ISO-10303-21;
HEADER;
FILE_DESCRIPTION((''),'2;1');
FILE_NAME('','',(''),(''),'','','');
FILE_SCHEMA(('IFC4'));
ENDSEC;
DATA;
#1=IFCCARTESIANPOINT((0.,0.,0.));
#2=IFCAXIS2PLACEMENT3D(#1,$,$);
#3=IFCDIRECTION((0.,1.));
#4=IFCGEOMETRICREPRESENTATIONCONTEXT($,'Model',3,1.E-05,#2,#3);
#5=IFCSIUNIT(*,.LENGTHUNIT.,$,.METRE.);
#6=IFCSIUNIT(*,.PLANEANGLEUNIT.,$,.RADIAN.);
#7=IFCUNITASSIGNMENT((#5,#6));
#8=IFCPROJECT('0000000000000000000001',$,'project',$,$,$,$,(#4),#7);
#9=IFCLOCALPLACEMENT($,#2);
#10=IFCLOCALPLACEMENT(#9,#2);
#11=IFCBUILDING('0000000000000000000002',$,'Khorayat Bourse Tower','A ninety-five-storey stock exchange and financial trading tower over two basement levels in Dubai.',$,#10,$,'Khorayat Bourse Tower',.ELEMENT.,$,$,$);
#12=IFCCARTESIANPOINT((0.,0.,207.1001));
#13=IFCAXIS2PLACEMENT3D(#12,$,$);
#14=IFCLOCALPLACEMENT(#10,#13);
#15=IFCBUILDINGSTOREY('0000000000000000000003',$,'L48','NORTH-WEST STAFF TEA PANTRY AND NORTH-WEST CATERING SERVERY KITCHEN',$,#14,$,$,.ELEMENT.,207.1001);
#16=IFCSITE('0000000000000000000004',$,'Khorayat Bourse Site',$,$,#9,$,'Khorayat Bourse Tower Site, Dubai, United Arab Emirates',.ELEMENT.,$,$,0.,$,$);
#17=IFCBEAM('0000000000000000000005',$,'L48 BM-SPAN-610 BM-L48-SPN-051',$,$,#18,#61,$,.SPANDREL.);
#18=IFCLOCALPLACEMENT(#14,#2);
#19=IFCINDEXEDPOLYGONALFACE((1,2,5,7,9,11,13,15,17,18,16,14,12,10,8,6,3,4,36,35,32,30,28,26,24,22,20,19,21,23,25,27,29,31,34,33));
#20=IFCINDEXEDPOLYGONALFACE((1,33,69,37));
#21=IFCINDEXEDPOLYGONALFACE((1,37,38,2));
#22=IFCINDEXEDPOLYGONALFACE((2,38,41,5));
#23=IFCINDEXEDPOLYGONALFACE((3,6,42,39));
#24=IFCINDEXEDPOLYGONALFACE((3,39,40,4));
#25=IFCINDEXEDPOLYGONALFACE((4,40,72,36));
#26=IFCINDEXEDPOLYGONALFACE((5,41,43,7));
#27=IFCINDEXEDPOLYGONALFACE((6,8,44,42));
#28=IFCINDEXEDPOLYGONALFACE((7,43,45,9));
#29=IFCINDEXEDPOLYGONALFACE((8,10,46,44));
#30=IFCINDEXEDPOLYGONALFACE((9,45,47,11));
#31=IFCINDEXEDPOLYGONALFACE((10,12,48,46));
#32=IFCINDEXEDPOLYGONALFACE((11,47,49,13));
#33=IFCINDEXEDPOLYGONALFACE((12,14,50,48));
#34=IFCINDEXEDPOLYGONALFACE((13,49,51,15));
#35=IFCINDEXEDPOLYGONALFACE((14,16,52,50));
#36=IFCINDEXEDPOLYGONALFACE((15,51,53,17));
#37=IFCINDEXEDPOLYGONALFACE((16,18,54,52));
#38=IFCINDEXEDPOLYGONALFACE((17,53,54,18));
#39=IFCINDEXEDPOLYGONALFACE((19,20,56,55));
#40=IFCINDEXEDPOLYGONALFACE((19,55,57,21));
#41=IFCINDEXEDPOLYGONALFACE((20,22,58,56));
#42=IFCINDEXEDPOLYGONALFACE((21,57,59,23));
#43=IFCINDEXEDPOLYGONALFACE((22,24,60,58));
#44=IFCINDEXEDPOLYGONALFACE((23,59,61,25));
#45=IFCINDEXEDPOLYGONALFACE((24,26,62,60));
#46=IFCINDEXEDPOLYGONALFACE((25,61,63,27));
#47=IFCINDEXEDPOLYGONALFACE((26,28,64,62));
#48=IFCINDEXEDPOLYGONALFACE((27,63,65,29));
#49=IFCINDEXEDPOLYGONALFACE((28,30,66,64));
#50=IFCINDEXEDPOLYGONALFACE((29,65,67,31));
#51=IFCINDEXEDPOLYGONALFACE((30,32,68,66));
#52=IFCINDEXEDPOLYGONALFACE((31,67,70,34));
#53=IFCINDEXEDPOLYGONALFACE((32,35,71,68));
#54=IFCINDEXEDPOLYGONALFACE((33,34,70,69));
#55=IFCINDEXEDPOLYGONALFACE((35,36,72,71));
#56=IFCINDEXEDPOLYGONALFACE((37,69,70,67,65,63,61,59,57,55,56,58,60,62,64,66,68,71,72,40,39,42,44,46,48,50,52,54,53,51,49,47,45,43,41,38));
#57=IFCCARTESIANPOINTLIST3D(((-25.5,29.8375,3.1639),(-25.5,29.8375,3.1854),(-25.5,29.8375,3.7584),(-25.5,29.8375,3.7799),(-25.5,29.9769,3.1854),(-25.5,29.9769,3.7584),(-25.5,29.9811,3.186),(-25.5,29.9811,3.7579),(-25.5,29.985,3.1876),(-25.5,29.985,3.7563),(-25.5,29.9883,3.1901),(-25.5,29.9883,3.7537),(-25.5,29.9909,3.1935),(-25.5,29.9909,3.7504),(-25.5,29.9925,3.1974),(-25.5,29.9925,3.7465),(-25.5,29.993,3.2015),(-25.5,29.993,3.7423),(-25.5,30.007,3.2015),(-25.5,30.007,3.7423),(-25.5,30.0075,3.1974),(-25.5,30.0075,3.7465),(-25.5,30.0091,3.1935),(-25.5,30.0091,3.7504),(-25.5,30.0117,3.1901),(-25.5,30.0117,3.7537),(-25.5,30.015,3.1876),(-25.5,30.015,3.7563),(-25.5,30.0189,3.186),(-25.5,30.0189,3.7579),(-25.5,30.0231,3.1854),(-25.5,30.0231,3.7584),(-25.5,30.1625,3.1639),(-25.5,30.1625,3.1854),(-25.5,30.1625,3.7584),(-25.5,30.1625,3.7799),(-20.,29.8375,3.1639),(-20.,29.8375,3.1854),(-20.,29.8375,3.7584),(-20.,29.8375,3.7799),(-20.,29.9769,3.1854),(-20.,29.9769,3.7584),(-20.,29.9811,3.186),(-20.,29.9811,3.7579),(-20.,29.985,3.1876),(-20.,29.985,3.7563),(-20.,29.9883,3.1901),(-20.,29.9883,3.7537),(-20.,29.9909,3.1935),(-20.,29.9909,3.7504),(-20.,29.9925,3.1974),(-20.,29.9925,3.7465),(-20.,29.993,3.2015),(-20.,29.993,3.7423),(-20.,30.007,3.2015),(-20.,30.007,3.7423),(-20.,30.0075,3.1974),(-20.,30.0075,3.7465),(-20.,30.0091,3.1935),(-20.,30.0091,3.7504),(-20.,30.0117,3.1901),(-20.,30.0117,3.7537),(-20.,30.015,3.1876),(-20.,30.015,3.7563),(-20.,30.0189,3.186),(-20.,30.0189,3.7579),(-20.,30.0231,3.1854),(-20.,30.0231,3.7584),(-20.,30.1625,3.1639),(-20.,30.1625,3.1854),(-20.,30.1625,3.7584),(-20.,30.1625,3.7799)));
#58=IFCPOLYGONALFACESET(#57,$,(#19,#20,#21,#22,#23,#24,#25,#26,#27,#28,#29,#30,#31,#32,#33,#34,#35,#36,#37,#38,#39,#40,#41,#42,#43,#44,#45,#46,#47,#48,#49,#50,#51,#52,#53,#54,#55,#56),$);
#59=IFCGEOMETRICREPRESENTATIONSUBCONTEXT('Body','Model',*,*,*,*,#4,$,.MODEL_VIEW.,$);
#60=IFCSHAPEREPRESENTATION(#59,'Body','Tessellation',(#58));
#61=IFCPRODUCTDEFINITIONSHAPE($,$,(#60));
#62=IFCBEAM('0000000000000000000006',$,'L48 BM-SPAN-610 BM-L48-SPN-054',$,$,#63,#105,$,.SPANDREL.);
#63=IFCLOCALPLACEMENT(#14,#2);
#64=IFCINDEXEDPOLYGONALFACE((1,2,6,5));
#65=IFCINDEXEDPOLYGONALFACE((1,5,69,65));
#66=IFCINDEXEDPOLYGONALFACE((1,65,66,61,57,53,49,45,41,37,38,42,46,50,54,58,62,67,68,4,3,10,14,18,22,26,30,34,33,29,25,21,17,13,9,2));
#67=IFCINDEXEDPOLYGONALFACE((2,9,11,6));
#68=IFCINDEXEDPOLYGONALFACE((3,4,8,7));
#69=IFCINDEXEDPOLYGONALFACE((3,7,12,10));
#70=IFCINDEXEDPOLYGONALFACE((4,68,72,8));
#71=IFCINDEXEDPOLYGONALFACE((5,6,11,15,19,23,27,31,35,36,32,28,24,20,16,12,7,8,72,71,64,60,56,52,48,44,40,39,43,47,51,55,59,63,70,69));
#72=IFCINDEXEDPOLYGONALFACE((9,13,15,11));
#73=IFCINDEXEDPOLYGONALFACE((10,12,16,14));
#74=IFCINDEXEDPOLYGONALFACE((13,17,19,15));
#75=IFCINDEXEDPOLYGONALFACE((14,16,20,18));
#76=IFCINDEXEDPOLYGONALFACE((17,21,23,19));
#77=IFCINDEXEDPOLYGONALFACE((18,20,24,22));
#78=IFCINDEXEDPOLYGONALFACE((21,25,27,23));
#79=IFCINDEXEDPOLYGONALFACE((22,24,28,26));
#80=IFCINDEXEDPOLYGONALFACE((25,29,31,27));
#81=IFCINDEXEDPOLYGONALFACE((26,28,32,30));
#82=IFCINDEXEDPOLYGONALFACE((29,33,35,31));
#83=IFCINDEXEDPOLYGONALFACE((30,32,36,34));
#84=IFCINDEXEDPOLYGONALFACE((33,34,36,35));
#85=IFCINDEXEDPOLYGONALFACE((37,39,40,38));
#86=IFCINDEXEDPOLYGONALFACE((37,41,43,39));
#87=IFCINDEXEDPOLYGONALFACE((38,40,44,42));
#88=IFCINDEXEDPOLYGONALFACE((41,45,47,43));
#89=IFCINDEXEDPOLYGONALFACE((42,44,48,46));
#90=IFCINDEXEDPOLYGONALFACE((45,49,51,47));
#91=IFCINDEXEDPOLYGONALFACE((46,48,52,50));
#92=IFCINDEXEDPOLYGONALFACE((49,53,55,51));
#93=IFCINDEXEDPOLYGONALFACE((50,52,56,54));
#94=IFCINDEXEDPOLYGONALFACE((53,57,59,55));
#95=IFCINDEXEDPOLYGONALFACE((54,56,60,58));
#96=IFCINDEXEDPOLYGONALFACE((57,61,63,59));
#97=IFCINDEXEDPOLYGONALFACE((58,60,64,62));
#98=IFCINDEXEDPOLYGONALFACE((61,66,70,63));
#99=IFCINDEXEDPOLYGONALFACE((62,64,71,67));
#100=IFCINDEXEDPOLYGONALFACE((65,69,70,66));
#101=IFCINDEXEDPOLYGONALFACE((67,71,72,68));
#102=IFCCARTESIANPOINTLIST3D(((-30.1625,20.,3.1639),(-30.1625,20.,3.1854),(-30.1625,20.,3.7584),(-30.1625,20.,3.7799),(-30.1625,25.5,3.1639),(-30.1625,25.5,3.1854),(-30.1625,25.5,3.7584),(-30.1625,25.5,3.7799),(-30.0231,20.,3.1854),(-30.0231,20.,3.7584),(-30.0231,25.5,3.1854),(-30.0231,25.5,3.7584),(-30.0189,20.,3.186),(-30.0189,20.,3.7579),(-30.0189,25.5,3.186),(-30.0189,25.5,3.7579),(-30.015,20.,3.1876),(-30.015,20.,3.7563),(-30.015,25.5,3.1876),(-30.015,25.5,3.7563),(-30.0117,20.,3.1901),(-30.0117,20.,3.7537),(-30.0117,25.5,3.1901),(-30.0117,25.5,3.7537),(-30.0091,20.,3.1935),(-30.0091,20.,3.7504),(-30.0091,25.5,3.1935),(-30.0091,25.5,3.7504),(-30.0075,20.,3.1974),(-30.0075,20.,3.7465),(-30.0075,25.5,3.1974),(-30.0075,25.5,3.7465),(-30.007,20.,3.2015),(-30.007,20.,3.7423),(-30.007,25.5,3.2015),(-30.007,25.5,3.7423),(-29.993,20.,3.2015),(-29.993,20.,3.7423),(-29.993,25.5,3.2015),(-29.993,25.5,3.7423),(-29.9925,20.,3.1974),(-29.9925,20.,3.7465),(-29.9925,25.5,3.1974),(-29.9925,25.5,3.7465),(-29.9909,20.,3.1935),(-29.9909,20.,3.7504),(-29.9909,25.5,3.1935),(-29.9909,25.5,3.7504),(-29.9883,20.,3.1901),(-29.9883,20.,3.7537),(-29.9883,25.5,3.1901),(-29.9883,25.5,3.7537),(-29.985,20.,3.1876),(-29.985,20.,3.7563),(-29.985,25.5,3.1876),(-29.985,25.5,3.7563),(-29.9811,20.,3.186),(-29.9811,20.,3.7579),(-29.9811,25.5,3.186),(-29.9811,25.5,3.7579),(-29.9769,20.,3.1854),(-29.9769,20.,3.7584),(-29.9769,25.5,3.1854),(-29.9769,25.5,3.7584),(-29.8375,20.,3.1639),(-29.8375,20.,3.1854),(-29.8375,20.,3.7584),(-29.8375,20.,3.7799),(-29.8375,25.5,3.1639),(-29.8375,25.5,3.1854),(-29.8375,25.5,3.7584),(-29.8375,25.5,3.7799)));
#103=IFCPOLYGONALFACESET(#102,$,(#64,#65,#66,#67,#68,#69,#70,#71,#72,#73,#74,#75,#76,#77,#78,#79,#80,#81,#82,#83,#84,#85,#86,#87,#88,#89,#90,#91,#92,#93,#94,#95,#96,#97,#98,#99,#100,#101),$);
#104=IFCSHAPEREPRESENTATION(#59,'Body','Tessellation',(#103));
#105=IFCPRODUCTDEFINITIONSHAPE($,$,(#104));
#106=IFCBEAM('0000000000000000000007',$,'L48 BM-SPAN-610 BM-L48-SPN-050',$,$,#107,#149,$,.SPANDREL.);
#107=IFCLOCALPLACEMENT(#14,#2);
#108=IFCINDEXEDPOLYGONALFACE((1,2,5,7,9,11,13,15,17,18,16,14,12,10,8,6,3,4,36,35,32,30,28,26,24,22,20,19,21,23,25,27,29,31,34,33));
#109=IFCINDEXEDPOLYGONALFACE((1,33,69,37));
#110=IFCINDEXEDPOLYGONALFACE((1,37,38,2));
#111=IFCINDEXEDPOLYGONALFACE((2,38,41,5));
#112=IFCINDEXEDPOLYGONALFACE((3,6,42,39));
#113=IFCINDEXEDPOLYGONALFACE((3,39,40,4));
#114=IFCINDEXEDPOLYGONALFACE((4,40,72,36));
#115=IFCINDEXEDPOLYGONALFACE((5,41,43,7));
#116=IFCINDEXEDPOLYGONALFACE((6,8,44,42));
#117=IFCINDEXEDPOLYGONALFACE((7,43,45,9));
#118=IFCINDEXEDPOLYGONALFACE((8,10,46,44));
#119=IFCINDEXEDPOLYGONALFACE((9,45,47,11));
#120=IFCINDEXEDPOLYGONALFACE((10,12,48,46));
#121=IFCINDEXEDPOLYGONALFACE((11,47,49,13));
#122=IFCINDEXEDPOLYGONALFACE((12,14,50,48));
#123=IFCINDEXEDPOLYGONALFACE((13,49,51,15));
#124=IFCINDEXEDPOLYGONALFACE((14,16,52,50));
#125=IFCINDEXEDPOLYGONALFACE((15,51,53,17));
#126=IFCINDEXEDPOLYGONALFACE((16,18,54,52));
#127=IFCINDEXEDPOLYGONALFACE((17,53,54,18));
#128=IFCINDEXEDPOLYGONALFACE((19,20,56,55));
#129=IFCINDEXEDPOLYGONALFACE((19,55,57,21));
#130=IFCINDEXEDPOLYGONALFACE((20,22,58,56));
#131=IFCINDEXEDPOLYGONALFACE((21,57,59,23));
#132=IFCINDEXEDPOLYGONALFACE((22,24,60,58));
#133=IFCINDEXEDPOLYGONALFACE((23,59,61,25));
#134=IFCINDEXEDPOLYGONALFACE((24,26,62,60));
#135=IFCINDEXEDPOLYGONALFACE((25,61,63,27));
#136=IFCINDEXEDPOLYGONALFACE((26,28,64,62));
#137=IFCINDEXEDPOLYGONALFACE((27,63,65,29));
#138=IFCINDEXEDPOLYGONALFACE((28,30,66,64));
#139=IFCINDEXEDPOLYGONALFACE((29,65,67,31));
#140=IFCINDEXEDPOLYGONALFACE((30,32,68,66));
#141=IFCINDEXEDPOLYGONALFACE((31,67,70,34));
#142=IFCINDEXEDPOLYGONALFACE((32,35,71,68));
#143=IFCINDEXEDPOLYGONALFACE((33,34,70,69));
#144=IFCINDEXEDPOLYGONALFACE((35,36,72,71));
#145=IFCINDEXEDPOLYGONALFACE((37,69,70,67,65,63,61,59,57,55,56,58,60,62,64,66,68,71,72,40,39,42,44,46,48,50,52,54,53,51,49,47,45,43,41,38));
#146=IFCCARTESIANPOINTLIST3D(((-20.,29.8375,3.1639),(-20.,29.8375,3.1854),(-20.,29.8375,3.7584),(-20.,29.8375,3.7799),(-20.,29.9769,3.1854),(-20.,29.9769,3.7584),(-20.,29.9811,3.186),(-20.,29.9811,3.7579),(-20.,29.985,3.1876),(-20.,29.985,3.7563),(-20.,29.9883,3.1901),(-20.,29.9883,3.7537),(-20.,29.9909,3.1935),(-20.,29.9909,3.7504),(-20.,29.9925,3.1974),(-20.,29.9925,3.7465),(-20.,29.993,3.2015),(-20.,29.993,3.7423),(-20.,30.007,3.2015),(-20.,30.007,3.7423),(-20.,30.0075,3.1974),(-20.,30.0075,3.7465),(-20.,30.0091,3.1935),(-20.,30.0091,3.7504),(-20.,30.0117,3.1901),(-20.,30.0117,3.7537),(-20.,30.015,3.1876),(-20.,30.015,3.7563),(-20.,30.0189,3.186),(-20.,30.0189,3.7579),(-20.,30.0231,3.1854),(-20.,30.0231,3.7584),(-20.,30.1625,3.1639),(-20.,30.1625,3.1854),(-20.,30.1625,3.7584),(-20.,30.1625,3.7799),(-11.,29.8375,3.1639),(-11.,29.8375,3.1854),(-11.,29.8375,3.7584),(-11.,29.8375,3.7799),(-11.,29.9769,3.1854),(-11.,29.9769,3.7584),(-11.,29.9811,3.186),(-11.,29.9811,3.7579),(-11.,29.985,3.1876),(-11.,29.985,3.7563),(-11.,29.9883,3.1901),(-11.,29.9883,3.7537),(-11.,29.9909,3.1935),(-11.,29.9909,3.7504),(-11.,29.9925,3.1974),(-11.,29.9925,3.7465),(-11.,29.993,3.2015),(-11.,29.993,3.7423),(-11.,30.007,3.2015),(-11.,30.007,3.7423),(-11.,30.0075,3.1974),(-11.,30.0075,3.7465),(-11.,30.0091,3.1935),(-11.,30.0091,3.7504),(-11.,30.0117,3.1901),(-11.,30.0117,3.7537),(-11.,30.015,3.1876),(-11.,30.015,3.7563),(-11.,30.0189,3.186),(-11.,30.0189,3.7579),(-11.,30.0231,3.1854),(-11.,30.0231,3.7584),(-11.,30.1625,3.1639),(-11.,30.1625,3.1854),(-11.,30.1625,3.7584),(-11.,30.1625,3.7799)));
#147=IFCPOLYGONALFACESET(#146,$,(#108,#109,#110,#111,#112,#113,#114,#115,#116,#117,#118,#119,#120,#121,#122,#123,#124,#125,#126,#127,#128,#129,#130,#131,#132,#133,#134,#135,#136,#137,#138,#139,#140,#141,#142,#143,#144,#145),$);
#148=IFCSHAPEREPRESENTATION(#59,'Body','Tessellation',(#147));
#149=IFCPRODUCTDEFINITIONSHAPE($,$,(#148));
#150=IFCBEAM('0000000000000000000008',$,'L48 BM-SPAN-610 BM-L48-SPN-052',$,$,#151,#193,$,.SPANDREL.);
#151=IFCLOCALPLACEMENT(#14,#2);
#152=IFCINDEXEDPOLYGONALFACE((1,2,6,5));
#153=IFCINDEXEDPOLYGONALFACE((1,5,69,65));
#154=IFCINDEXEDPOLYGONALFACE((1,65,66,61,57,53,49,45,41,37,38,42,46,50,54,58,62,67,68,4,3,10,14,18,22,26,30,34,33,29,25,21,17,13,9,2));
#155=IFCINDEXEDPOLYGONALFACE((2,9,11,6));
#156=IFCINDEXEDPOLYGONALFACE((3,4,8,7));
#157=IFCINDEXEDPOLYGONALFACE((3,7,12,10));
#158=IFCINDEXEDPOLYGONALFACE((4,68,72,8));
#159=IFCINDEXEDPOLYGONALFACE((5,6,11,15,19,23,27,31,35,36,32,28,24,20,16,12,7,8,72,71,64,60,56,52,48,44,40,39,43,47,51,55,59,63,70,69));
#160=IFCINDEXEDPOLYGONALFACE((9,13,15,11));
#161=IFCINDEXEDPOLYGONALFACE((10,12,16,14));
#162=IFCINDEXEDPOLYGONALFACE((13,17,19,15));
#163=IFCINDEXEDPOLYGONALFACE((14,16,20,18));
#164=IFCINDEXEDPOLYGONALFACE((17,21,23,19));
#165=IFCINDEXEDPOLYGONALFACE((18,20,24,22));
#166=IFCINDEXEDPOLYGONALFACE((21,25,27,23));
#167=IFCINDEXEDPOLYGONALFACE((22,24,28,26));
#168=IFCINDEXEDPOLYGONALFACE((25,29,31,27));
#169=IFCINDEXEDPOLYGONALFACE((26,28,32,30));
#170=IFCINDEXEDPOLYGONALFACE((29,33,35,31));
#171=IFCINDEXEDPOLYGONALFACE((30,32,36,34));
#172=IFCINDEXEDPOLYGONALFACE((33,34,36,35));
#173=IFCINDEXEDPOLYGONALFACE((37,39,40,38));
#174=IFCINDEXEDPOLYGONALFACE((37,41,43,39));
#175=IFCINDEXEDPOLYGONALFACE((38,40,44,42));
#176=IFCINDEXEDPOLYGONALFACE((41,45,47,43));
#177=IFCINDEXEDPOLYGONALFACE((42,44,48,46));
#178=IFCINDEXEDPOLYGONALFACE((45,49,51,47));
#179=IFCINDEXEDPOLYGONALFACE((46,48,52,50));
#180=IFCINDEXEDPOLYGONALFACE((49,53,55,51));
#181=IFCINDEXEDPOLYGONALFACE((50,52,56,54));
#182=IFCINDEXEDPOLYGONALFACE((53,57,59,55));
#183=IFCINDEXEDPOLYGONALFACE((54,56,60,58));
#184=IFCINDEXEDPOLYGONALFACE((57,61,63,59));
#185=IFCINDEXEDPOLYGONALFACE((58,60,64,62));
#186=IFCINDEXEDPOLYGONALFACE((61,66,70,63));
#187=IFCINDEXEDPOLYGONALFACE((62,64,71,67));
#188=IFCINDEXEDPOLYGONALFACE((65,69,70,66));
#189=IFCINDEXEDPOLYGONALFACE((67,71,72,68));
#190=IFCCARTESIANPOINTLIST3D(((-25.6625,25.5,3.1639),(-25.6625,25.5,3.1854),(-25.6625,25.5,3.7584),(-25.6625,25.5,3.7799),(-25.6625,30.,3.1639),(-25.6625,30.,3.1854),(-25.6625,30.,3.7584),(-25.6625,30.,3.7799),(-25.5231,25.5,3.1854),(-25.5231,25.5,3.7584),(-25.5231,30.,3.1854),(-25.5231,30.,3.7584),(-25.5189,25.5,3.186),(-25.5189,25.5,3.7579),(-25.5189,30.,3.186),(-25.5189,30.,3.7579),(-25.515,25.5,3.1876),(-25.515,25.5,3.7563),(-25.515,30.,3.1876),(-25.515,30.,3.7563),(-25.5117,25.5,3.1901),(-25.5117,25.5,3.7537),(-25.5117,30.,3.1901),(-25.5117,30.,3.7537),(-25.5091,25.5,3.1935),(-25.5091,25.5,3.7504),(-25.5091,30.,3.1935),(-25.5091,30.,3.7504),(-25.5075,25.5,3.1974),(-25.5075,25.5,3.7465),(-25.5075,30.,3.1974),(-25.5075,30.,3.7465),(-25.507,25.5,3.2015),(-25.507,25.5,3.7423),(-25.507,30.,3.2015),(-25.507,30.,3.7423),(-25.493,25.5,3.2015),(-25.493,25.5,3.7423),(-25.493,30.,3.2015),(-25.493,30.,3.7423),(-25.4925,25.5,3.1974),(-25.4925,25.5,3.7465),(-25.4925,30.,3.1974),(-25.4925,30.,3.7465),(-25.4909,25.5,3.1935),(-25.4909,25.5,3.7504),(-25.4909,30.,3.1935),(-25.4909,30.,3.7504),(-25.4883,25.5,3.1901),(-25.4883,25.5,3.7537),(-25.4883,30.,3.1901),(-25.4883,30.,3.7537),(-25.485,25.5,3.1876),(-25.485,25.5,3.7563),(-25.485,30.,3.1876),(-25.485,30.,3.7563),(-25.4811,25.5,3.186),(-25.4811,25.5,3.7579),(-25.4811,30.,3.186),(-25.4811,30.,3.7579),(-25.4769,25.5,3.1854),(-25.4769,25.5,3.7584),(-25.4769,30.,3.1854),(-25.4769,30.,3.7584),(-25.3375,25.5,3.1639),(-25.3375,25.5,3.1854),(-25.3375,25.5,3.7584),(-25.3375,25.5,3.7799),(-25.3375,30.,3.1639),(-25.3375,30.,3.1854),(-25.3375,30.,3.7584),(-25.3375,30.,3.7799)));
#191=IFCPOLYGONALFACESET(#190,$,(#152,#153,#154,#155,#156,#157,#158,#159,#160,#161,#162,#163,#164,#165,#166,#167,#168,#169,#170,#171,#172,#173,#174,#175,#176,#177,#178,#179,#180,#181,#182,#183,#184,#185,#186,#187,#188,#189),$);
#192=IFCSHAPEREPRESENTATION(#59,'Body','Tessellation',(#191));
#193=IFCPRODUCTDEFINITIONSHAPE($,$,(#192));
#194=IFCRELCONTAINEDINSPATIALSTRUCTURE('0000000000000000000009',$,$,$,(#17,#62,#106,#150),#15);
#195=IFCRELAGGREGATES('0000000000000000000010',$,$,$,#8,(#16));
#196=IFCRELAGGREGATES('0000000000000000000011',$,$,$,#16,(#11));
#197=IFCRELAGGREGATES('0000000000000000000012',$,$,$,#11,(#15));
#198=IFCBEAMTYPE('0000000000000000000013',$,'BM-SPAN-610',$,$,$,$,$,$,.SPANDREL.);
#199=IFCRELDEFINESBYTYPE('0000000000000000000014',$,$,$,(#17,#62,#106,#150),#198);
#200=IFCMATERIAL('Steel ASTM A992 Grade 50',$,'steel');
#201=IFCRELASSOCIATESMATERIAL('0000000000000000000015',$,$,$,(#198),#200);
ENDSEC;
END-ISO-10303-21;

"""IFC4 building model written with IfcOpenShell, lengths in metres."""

from ifc_helpers import new_model, si_unit, direction, frame, origin, origin_2d, place, context, subcontext, project, spatial, i_section, extrude, source, transform, mapped, material, material_profile, profile_set, type_object, element, save


model = new_model("IFC4")

# Units and contexts
model_context = context("Model", 3, precision=1e-05, world=origin(), true_north=direction((0.0, 1.0)))
body_context = subcontext(model_context, "Body", "Model", "MODEL_VIEW")
ifc_project = project(units=[si_unit("LENGTHUNIT", "METRE"), si_unit("PLANEANGLEUNIT", "RADIAN")], contexts=[model_context])

# Site, building, storey
site_placement = place(None, origin())
site = spatial("IfcSite", under=ifc_project, at=site_placement, Name="Khorayat Bourse Site", LongName="Khorayat Bourse Tower Site, Dubai, United Arab Emirates", CompositionType="ELEMENT", RefElevation=0.0)
building_placement = place(site_placement, origin())
building = spatial("IfcBuilding", under=site, at=building_placement, Name="Khorayat Bourse Tower", Description="A ninety-five-storey stock exchange and financial trading tower over two basement levels in Dubai.", LongName="Khorayat Bourse Tower", CompositionType="ELEMENT")
storey_placement = place(building_placement, frame((0.0, 0.0, 207.1001)))
storey = spatial("IfcBuildingStorey", under=building, at=storey_placement, Name="L48", Description="NORTH-WEST STAFF TEA PANTRY AND NORTH-WEST CATERING SERVERY KITCHEN", CompositionType="ELEMENT", Elevation=207.1001)

# Beams
ifc_material_1 = material(Name="Steel ASTM A992 Grade 50", Category="steel")
ifc_material_profile_1 = material_profile(ifc_material_1, i_section(OverallWidth=0.325, OverallDepth=0.616, WebThickness=0.0139, FlangeThickness=0.0215, FilletRadius=0.0161, at=origin_2d()), Name="W610X174")
ifc_profile_set_1 = profile_set([ifc_material_profile_1], Name="Steel ASTM A992 Grade 50")
beam_type_1 = type_object("IfcBeamType", Name="BM-SPAN-610", PredefinedType="SPANDREL", material=ifc_profile_set_1)
shared_shape_1 = source(origin(), body_context, "Body", "SweptSolid", [
    extrude(i_section(OverallWidth=0.325, OverallDepth=0.616, WebThickness=0.0139, FlangeThickness=0.0215, FilletRadius=0.0161, at=origin_2d()), origin(), (0.0, 0.0, 1.0), 5.5),
])
for number, where, z_axis, x_axis, name in (
    (1, (-25.5, 30.0, 3.4719), (1.0, 0.0, 0.0), (0.0, 1.0, 0.0), "L48 BM-SPAN-610 BM-L48-SPN-051"),
    (2, (-30.0, 20.0, 3.4719), (0.0, 1.0, 0.0), (-1.0, 0.0, 0.0), "L48 BM-SPAN-610 BM-L48-SPN-054"),
):
    element("IfcBeam", number, at=place(storey_placement, frame(where, z_axis=z_axis, x_axis=x_axis)), inside=storey, type_object=beam_type_1, Name=name, PredefinedType="SPANDREL", context=body_context, shape_type="MappedRepresentation", body=[
        mapped(shared_shape_1, transform((0.0, 0.0, 0.0), scale=1.0)),
    ])
shared_shape_2 = source(origin(), body_context, "Body", "SweptSolid", [
    extrude(i_section(OverallWidth=0.325, OverallDepth=0.616, WebThickness=0.0139, FlangeThickness=0.0215, FilletRadius=0.0161, at=origin_2d()), origin(), (0.0, 0.0, 1.0), 9.0),
])
beam_1_placement = place(storey_placement, frame((-20.0, 30.0, 3.4719), z_axis=(1.0, 0.0, 0.0), x_axis=(0.0, 1.0, 0.0)))
element("IfcBeam", 3, at=beam_1_placement, inside=storey, type_object=beam_type_1, Name="L48 BM-SPAN-610 BM-L48-SPN-050", PredefinedType="SPANDREL", context=body_context, shape_type="MappedRepresentation", body=[
    mapped(shared_shape_2, transform((0.0, 0.0, 0.0), scale=1.0)),
])
shared_shape_3 = source(origin(), body_context, "Body", "SweptSolid", [
    extrude(i_section(OverallWidth=0.325, OverallDepth=0.616, WebThickness=0.0139, FlangeThickness=0.0215, FilletRadius=0.0161, at=origin_2d()), origin(), (0.0, 0.0, 1.0), 4.5),
])
for number, where, z_axis, x_axis, name in (
    (4, (-25.5, 25.5, 3.4719), (0.0, 1.0, 0.0), (-1.0, 0.0, 0.0), "L48 BM-SPAN-610 BM-L48-SPN-052"),
):
    element("IfcBeam", number, at=place(storey_placement, frame(where, z_axis=z_axis, x_axis=x_axis)), inside=storey, type_object=beam_type_1, Name=name, PredefinedType="SPANDREL", context=body_context, shape_type="MappedRepresentation", body=[
        mapped(shared_shape_3, transform((0.0, 0.0, 0.0), scale=1.0)),
    ])

save(model, "model.ifc")
